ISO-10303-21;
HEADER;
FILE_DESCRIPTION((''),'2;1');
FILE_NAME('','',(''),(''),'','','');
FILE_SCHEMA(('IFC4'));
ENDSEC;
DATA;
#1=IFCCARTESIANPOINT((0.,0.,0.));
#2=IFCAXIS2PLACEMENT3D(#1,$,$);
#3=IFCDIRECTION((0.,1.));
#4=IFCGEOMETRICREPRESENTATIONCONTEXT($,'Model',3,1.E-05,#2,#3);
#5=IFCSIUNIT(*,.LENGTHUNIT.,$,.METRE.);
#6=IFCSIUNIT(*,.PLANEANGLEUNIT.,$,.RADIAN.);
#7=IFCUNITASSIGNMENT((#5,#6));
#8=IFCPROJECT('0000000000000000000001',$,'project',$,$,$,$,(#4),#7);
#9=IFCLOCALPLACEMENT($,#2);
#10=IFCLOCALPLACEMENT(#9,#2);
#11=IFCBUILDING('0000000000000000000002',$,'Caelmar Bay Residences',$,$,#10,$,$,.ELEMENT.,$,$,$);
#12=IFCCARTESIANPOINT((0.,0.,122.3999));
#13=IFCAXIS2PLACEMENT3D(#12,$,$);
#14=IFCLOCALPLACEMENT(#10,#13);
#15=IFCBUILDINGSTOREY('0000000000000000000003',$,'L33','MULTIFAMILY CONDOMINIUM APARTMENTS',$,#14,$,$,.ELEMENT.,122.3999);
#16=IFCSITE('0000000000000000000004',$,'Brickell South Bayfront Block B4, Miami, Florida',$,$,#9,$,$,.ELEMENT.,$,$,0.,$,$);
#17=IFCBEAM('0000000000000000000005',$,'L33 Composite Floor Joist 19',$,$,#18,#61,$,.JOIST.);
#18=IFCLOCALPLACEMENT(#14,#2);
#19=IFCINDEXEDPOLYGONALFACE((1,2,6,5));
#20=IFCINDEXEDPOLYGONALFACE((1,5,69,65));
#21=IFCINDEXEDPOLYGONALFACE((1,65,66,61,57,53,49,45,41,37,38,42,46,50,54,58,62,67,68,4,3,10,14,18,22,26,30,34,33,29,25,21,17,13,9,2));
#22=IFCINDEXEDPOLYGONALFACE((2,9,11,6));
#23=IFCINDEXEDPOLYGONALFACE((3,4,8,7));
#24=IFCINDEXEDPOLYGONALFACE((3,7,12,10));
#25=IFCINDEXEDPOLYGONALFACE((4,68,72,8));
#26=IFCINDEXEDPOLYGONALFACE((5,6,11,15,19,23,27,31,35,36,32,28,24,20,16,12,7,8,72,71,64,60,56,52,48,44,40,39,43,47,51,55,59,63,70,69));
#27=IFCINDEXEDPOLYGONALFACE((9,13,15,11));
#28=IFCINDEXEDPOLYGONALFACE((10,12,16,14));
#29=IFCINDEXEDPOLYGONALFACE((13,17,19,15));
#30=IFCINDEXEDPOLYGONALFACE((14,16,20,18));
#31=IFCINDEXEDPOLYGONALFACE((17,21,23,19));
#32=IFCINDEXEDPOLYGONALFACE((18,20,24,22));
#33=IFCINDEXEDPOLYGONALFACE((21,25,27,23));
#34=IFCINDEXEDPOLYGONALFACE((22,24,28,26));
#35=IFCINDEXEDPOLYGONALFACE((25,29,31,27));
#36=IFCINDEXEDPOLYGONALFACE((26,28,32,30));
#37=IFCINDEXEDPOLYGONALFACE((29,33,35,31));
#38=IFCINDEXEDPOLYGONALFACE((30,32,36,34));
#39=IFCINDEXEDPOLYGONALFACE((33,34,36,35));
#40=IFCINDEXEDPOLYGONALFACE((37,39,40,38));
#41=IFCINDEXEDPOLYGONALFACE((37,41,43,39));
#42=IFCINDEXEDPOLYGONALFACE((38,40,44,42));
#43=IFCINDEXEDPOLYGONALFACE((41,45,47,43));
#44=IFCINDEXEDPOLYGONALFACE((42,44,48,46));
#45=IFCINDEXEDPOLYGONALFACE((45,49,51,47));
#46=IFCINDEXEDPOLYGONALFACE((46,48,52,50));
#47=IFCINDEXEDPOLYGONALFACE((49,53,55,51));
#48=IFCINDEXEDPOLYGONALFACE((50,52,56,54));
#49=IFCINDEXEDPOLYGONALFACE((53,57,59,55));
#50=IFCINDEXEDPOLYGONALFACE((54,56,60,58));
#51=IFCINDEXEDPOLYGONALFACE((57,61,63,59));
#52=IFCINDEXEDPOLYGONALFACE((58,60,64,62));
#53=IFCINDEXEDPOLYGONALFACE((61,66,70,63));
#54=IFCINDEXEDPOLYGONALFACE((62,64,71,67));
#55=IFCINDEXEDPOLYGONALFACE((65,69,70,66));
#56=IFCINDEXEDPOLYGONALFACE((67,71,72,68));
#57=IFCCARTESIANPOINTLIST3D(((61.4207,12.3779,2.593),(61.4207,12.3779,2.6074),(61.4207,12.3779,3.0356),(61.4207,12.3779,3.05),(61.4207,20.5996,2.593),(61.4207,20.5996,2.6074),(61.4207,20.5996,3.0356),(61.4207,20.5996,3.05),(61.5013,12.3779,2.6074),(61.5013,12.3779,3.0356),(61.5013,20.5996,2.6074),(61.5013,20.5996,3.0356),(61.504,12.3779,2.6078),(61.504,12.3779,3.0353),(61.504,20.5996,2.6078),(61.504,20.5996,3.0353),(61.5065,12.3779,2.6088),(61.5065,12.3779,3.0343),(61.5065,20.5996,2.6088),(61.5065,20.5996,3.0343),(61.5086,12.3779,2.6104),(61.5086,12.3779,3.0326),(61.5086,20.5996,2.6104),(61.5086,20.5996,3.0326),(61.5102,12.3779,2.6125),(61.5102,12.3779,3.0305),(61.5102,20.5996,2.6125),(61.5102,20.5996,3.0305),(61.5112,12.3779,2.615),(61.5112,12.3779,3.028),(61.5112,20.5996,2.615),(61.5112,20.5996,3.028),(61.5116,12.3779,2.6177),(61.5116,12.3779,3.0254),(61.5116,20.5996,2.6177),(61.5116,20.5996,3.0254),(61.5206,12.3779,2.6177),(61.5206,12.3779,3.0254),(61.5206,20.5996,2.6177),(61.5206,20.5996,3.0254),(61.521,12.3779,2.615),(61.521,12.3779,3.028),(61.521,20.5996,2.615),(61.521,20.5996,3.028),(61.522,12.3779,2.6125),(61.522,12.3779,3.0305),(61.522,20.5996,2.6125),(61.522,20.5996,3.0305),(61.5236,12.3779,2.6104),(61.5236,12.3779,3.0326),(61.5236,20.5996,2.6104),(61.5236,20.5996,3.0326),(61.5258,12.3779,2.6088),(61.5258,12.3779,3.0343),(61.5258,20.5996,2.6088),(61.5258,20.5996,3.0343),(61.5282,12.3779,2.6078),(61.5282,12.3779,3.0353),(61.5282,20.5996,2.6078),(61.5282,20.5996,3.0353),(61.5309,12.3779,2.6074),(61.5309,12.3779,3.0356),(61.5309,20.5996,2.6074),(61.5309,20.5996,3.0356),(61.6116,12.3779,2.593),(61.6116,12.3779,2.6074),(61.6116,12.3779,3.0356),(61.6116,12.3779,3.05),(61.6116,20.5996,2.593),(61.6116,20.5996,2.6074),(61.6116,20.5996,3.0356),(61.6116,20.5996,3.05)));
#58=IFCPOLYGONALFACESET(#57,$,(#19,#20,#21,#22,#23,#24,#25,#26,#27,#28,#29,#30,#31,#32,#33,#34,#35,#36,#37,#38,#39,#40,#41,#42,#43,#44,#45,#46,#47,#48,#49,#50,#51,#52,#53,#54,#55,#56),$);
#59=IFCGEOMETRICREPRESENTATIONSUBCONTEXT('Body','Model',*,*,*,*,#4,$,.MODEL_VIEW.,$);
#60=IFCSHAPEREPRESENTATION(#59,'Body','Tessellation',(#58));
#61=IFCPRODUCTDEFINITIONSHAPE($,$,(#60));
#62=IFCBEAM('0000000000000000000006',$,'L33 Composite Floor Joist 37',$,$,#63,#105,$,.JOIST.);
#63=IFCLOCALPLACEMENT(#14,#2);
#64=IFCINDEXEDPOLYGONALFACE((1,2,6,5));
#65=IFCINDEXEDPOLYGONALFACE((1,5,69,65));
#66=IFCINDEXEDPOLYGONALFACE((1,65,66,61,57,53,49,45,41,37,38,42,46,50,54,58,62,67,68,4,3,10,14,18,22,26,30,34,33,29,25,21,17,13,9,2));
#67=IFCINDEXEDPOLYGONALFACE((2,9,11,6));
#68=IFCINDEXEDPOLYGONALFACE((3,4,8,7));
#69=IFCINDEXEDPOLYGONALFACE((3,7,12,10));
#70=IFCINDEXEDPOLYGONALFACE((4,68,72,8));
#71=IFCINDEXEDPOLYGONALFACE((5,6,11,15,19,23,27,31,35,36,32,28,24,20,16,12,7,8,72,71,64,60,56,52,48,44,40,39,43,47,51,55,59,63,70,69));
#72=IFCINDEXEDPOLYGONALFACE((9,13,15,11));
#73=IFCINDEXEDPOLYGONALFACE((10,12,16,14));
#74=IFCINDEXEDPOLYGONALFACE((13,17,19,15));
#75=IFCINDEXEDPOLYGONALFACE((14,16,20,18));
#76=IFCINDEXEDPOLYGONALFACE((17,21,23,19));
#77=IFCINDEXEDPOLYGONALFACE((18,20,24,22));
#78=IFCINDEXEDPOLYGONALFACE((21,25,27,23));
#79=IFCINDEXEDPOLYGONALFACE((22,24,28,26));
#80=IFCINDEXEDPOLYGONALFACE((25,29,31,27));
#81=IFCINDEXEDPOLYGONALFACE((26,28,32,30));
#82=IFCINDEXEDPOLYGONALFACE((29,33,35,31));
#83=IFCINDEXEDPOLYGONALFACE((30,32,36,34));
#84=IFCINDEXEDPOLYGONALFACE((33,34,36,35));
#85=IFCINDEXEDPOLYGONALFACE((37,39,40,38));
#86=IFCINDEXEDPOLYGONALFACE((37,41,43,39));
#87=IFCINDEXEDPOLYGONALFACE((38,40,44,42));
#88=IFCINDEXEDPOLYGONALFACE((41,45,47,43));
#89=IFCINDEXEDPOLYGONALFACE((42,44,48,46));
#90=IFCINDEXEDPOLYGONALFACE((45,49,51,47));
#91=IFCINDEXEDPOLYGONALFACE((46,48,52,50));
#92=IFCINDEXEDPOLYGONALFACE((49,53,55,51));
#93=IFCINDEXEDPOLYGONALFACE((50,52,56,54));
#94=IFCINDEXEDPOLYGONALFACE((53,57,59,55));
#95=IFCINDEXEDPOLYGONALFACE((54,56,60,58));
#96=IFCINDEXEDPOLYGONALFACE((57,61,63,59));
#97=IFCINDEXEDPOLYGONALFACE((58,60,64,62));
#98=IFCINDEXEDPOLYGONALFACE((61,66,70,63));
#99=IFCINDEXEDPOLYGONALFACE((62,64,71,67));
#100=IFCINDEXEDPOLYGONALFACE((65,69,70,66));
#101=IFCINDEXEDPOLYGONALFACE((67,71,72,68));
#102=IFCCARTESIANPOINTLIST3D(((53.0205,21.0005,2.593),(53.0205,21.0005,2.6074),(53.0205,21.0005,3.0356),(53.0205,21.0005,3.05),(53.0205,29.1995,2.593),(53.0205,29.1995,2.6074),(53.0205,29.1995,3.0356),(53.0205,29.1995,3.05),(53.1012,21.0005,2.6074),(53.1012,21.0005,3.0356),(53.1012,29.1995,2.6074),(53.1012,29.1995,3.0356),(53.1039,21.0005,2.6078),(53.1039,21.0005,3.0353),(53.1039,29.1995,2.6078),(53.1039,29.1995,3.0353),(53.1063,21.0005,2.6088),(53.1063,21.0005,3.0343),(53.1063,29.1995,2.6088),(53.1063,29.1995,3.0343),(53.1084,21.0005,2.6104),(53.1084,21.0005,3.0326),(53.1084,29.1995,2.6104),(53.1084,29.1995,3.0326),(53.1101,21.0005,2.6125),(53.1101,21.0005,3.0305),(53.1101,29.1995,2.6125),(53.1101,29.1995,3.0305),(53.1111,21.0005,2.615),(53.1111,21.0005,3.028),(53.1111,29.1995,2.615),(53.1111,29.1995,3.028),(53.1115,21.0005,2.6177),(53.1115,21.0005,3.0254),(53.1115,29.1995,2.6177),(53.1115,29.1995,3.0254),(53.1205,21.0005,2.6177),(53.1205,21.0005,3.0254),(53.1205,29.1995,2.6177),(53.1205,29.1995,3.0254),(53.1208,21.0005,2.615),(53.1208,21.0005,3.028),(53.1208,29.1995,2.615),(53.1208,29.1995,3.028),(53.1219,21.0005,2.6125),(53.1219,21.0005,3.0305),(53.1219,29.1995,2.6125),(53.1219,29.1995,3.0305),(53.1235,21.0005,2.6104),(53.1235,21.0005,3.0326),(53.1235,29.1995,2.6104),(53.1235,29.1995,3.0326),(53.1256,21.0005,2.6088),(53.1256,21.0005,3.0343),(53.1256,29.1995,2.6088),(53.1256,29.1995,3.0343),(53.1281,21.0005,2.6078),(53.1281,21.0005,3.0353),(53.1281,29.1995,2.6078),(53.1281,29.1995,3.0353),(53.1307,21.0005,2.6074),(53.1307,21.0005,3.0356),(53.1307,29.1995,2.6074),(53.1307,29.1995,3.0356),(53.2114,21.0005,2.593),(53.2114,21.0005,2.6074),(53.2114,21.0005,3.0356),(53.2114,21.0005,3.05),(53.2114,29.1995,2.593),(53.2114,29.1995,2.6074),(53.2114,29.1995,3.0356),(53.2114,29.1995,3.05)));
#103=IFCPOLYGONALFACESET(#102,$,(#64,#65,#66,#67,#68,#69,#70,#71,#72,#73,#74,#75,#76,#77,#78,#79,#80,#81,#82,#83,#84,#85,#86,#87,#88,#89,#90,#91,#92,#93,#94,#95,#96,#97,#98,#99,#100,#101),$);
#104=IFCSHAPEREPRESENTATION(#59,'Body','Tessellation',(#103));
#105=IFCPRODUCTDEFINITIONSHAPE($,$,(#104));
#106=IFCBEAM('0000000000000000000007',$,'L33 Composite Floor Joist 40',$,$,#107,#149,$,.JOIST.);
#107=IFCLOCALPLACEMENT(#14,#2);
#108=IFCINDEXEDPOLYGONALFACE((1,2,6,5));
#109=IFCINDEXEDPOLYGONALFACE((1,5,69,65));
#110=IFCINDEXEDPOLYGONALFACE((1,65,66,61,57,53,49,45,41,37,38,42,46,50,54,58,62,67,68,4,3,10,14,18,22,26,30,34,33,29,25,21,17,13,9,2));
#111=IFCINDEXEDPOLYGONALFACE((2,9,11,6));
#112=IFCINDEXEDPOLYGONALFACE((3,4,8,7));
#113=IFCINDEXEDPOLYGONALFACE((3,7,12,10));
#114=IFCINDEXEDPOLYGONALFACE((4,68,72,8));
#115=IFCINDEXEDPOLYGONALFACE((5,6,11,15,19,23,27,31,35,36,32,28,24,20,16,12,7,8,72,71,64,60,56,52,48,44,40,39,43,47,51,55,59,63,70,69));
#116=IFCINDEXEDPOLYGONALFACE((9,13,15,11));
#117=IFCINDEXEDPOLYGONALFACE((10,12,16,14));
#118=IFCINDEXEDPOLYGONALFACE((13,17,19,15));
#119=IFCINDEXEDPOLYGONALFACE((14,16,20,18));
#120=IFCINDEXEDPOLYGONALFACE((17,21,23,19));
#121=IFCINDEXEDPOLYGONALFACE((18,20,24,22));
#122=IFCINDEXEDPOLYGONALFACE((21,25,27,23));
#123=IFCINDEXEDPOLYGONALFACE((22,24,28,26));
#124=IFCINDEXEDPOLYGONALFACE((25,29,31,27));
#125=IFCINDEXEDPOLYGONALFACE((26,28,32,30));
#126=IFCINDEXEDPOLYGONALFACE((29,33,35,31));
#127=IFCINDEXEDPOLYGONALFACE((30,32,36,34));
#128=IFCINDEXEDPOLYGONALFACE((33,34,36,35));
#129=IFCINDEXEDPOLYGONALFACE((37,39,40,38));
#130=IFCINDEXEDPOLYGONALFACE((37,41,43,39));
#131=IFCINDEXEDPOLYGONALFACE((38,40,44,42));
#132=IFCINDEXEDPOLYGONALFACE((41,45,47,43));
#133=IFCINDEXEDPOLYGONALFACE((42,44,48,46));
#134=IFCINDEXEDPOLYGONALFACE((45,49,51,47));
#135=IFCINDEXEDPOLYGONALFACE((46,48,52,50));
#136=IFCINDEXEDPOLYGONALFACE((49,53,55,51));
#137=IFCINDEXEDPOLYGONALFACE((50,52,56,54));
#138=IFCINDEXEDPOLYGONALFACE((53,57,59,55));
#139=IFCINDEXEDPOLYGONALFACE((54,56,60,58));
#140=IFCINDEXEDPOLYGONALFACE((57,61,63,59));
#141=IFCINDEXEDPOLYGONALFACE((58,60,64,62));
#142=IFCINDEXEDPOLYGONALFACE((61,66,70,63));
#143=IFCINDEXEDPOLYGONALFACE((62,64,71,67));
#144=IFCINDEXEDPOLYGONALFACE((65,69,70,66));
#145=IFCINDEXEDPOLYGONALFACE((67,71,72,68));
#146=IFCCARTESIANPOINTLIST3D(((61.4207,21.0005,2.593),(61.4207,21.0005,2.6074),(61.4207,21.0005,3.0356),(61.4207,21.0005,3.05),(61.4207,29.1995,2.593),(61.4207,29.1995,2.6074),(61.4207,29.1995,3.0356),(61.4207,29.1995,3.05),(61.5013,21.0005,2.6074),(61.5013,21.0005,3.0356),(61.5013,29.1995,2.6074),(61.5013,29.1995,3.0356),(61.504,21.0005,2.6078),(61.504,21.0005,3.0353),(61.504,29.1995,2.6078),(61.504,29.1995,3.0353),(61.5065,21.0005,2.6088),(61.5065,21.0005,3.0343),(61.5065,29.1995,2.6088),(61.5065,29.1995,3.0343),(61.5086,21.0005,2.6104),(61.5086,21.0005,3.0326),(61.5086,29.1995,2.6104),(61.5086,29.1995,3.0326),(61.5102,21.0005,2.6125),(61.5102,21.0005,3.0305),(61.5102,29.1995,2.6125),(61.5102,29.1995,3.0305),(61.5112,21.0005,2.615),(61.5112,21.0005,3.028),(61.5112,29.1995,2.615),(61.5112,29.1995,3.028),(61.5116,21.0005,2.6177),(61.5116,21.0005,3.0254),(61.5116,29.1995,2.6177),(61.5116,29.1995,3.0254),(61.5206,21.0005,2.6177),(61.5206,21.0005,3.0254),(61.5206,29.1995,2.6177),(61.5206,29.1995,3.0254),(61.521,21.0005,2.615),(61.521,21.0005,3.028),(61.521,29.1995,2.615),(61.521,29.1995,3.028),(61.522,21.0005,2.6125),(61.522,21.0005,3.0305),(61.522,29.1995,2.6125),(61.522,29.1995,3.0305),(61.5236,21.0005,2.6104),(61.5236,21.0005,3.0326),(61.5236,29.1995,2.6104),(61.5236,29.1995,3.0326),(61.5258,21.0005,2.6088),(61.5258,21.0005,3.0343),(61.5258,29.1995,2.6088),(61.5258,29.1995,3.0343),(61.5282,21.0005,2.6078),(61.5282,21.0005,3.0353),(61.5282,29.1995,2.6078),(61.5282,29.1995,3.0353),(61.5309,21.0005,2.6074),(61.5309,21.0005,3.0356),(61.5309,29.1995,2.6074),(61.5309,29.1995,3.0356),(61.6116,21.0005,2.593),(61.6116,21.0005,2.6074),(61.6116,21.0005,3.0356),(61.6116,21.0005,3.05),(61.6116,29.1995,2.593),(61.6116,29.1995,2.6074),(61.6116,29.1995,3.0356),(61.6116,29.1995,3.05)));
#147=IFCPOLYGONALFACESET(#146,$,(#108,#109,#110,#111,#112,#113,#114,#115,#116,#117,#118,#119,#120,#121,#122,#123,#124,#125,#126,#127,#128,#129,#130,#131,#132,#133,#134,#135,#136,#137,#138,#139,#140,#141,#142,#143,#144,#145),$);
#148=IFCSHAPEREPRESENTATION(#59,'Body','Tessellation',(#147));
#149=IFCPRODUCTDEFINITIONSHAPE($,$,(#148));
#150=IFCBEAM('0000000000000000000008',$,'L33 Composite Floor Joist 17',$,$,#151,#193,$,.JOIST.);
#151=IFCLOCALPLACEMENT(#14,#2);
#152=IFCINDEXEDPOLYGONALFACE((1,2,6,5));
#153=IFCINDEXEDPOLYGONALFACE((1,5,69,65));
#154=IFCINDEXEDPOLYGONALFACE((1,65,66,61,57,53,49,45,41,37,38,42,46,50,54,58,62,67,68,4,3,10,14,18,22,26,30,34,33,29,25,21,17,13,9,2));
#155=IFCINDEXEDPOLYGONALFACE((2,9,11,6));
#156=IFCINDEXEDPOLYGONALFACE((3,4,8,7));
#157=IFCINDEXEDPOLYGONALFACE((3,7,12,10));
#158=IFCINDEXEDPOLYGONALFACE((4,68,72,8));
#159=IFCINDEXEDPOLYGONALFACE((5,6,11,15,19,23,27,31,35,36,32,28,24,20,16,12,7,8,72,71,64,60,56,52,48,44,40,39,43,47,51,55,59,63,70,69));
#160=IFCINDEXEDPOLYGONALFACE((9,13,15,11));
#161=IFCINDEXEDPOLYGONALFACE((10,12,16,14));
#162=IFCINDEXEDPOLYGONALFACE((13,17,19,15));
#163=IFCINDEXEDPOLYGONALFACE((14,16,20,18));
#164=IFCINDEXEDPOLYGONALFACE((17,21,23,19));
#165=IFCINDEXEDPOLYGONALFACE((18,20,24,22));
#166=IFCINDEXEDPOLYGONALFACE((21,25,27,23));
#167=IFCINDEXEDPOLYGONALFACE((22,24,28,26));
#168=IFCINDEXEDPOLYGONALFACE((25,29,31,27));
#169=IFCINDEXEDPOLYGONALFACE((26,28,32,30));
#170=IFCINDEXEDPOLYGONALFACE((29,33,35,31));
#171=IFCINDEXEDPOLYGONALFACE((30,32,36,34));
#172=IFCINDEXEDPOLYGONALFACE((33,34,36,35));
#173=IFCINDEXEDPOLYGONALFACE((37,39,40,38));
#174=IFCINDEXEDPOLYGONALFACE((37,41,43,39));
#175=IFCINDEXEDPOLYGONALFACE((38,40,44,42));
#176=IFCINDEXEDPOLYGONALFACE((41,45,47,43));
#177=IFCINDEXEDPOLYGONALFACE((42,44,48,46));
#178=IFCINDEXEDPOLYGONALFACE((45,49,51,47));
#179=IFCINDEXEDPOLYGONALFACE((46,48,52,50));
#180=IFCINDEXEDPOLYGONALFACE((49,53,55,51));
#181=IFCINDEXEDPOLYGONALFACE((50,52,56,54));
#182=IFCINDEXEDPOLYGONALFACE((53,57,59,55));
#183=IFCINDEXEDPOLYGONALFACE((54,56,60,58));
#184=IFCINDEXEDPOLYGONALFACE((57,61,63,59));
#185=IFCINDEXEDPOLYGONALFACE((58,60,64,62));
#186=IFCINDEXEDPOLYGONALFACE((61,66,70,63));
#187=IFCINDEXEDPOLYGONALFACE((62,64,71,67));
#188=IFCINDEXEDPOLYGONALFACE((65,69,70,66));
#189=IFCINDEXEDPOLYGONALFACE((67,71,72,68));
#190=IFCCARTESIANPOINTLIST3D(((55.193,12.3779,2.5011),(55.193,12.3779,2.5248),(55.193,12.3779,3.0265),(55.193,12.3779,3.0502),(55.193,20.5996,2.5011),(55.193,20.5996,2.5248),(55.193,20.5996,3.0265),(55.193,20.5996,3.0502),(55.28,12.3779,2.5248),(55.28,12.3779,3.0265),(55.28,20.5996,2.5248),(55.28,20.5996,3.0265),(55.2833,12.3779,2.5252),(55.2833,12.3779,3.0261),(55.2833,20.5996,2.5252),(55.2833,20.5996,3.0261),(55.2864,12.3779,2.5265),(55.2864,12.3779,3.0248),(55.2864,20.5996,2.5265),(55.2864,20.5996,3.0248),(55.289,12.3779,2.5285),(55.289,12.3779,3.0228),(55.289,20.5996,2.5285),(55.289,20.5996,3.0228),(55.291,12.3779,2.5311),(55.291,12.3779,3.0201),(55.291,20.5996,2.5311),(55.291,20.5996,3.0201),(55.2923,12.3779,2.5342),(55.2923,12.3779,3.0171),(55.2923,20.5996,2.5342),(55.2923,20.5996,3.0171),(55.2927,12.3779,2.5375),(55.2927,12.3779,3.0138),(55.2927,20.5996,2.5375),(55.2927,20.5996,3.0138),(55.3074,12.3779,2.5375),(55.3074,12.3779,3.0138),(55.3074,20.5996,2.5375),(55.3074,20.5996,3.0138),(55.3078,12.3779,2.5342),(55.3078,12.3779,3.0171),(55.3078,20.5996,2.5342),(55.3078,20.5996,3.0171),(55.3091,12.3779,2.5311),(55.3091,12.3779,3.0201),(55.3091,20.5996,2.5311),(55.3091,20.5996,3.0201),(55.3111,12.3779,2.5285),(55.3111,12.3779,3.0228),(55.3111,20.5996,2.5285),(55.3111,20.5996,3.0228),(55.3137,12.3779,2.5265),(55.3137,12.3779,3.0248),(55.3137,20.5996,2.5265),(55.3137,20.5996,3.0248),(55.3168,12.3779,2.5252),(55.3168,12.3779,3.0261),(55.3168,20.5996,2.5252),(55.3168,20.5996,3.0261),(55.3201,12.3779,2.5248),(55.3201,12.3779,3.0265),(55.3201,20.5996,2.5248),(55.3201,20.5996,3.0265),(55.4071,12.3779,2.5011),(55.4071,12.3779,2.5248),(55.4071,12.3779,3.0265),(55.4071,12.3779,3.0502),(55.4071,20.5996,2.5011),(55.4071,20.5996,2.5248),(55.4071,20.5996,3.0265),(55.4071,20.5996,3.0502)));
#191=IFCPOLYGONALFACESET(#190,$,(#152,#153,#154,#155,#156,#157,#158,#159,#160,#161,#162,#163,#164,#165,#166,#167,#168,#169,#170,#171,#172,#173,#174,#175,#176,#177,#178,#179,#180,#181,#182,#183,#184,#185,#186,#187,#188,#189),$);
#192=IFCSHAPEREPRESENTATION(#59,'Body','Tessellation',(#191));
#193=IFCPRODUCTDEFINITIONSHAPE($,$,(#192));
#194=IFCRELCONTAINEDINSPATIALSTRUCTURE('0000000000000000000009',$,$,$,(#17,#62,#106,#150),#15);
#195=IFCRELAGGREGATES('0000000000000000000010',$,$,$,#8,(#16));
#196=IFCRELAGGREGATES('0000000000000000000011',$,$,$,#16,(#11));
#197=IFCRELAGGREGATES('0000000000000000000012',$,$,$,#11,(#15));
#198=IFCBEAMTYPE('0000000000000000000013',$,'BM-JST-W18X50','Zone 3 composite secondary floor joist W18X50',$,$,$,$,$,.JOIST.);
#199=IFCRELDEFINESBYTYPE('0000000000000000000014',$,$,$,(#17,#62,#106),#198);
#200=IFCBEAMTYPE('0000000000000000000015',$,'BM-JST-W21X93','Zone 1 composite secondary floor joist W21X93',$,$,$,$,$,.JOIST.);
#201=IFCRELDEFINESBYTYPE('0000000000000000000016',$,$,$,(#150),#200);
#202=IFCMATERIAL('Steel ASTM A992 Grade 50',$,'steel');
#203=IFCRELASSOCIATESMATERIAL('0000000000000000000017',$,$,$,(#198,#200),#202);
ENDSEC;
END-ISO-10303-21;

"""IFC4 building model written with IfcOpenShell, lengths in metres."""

from ifc_helpers import new_model, si_unit, direction, frame, origin, origin_2d, place, context, subcontext, project, spatial, i_section, extrude, material, material_profile, profile_set, type_object, element, save


model = new_model("IFC4")

# Units and contexts
model_context = context("Model", 3, precision=1e-05, world=origin(), true_north=direction((0.0, 1.0)))
body_context = subcontext(model_context, "Body", "Model", "MODEL_VIEW")
ifc_project = project(units=[si_unit("LENGTHUNIT", "METRE"), si_unit("PLANEANGLEUNIT", "RADIAN")], contexts=[model_context])

# Site, building, storey
site_placement = place(None, origin())
site = spatial("IfcSite", under=ifc_project, at=site_placement, Name="Brickell South Bayfront Block B4, Miami, Florida", CompositionType="ELEMENT", RefElevation=0.0)
building_placement = place(site_placement, origin())
building = spatial("IfcBuilding", under=site, at=building_placement, Name="Caelmar Bay Residences", CompositionType="ELEMENT")
storey_placement = place(building_placement, frame((0.0, 0.0, 122.3999)))
storey = spatial("IfcBuildingStorey", under=building, at=storey_placement, Name="L33", Description="MULTIFAMILY CONDOMINIUM APARTMENTS", CompositionType="ELEMENT", Elevation=122.3999)

# Beams
ifc_material_1 = material(Name="Steel ASTM A992 Grade 50", Category="steel")
ifc_material_profile_1 = material_profile(ifc_material_1, i_section(OverallWidth=0.1909, OverallDepth=0.457, WebThickness=0.009, FlangeThickness=0.0144, FilletRadius=0.0103, at=origin_2d()), Name="W18X50")
ifc_profile_set_1 = profile_set([ifc_material_profile_1], Name="Steel ASTM A992 Grade 50")
beam_type_1 = type_object("IfcBeamType", Name="BM-JST-W18X50", Description="Zone 3 composite secondary floor joist W18X50", PredefinedType="JOIST", material=ifc_profile_set_1)
for number, where, z_axis, x_axis, name in (
    (1, (61.5161, 12.3779, 2.8215), (0.0, 1.0, 0.0), (-1.0, 0.0, 0.0), "L33 Composite Floor Joist 19"),
):
    element("IfcBeam", number, at=place(storey_placement, frame(where, z_axis=z_axis, x_axis=x_axis)), inside=storey, type_object=beam_type_1, Name=name, PredefinedType="JOIST", context=body_context, shape_type="SweptSolid", body=[
        extrude(i_section(OverallWidth=0.1909, OverallDepth=0.457, WebThickness=0.009, FlangeThickness=0.0144, FilletRadius=0.0103, at=origin_2d()), origin(), (0.0, 0.0, 1.0), 8.2217),
    ])
for number, where, z_axis, x_axis, name in (
    (2, (53.116, 21.0005, 2.8215), (0.0, 1.0, 0.0), (-1.0, 0.0, 0.0), "L33 Composite Floor Joist 37"),
    (3, (61.5161, 21.0005, 2.8215), (0.0, 1.0, 0.0), (-1.0, 0.0, 0.0), "L33 Composite Floor Joist 40"),
):
    element("IfcBeam", number, at=place(storey_placement, frame(where, z_axis=z_axis, x_axis=x_axis)), inside=storey, type_object=beam_type_1, Name=name, PredefinedType="JOIST", context=body_context, shape_type="SweptSolid", body=[
        extrude(i_section(OverallWidth=0.1909, OverallDepth=0.457, WebThickness=0.009, FlangeThickness=0.0144, FilletRadius=0.0103, at=origin_2d()), origin(), (0.0, 0.0, 1.0), 8.199),
    ])
ifc_material_profile_2 = material_profile(ifc_material_1, i_section(OverallWidth=0.2141, OverallDepth=0.5491, WebThickness=0.0146, FlangeThickness=0.0237, FilletRadius=0.0127, at=origin_2d()), Name="W21X93")
ifc_profile_set_2 = profile_set([ifc_material_profile_2], Name="Steel ASTM A992 Grade 50")
beam_type_2 = type_object("IfcBeamType", Name="BM-JST-W21X93", Description="Zone 1 composite secondary floor joist W21X93", PredefinedType="JOIST", material=ifc_profile_set_2)
beam_1_placement = place(storey_placement, frame((55.3, 12.3779, 2.7756), z_axis=(0.0, 1.0, 0.0), x_axis=(-1.0, 0.0, 0.0)))
element("IfcBeam", 4, at=beam_1_placement, inside=storey, type_object=beam_type_2, Name="L33 Composite Floor Joist 17", PredefinedType="JOIST", context=body_context, shape_type="SweptSolid", body=[
    extrude(i_section(OverallWidth=0.2141, OverallDepth=0.5491, WebThickness=0.0146, FlangeThickness=0.0237, FilletRadius=0.0127, at=origin_2d()), origin(), (0.0, 0.0, 1.0), 8.2217),
])

save(model, "model.ifc")
